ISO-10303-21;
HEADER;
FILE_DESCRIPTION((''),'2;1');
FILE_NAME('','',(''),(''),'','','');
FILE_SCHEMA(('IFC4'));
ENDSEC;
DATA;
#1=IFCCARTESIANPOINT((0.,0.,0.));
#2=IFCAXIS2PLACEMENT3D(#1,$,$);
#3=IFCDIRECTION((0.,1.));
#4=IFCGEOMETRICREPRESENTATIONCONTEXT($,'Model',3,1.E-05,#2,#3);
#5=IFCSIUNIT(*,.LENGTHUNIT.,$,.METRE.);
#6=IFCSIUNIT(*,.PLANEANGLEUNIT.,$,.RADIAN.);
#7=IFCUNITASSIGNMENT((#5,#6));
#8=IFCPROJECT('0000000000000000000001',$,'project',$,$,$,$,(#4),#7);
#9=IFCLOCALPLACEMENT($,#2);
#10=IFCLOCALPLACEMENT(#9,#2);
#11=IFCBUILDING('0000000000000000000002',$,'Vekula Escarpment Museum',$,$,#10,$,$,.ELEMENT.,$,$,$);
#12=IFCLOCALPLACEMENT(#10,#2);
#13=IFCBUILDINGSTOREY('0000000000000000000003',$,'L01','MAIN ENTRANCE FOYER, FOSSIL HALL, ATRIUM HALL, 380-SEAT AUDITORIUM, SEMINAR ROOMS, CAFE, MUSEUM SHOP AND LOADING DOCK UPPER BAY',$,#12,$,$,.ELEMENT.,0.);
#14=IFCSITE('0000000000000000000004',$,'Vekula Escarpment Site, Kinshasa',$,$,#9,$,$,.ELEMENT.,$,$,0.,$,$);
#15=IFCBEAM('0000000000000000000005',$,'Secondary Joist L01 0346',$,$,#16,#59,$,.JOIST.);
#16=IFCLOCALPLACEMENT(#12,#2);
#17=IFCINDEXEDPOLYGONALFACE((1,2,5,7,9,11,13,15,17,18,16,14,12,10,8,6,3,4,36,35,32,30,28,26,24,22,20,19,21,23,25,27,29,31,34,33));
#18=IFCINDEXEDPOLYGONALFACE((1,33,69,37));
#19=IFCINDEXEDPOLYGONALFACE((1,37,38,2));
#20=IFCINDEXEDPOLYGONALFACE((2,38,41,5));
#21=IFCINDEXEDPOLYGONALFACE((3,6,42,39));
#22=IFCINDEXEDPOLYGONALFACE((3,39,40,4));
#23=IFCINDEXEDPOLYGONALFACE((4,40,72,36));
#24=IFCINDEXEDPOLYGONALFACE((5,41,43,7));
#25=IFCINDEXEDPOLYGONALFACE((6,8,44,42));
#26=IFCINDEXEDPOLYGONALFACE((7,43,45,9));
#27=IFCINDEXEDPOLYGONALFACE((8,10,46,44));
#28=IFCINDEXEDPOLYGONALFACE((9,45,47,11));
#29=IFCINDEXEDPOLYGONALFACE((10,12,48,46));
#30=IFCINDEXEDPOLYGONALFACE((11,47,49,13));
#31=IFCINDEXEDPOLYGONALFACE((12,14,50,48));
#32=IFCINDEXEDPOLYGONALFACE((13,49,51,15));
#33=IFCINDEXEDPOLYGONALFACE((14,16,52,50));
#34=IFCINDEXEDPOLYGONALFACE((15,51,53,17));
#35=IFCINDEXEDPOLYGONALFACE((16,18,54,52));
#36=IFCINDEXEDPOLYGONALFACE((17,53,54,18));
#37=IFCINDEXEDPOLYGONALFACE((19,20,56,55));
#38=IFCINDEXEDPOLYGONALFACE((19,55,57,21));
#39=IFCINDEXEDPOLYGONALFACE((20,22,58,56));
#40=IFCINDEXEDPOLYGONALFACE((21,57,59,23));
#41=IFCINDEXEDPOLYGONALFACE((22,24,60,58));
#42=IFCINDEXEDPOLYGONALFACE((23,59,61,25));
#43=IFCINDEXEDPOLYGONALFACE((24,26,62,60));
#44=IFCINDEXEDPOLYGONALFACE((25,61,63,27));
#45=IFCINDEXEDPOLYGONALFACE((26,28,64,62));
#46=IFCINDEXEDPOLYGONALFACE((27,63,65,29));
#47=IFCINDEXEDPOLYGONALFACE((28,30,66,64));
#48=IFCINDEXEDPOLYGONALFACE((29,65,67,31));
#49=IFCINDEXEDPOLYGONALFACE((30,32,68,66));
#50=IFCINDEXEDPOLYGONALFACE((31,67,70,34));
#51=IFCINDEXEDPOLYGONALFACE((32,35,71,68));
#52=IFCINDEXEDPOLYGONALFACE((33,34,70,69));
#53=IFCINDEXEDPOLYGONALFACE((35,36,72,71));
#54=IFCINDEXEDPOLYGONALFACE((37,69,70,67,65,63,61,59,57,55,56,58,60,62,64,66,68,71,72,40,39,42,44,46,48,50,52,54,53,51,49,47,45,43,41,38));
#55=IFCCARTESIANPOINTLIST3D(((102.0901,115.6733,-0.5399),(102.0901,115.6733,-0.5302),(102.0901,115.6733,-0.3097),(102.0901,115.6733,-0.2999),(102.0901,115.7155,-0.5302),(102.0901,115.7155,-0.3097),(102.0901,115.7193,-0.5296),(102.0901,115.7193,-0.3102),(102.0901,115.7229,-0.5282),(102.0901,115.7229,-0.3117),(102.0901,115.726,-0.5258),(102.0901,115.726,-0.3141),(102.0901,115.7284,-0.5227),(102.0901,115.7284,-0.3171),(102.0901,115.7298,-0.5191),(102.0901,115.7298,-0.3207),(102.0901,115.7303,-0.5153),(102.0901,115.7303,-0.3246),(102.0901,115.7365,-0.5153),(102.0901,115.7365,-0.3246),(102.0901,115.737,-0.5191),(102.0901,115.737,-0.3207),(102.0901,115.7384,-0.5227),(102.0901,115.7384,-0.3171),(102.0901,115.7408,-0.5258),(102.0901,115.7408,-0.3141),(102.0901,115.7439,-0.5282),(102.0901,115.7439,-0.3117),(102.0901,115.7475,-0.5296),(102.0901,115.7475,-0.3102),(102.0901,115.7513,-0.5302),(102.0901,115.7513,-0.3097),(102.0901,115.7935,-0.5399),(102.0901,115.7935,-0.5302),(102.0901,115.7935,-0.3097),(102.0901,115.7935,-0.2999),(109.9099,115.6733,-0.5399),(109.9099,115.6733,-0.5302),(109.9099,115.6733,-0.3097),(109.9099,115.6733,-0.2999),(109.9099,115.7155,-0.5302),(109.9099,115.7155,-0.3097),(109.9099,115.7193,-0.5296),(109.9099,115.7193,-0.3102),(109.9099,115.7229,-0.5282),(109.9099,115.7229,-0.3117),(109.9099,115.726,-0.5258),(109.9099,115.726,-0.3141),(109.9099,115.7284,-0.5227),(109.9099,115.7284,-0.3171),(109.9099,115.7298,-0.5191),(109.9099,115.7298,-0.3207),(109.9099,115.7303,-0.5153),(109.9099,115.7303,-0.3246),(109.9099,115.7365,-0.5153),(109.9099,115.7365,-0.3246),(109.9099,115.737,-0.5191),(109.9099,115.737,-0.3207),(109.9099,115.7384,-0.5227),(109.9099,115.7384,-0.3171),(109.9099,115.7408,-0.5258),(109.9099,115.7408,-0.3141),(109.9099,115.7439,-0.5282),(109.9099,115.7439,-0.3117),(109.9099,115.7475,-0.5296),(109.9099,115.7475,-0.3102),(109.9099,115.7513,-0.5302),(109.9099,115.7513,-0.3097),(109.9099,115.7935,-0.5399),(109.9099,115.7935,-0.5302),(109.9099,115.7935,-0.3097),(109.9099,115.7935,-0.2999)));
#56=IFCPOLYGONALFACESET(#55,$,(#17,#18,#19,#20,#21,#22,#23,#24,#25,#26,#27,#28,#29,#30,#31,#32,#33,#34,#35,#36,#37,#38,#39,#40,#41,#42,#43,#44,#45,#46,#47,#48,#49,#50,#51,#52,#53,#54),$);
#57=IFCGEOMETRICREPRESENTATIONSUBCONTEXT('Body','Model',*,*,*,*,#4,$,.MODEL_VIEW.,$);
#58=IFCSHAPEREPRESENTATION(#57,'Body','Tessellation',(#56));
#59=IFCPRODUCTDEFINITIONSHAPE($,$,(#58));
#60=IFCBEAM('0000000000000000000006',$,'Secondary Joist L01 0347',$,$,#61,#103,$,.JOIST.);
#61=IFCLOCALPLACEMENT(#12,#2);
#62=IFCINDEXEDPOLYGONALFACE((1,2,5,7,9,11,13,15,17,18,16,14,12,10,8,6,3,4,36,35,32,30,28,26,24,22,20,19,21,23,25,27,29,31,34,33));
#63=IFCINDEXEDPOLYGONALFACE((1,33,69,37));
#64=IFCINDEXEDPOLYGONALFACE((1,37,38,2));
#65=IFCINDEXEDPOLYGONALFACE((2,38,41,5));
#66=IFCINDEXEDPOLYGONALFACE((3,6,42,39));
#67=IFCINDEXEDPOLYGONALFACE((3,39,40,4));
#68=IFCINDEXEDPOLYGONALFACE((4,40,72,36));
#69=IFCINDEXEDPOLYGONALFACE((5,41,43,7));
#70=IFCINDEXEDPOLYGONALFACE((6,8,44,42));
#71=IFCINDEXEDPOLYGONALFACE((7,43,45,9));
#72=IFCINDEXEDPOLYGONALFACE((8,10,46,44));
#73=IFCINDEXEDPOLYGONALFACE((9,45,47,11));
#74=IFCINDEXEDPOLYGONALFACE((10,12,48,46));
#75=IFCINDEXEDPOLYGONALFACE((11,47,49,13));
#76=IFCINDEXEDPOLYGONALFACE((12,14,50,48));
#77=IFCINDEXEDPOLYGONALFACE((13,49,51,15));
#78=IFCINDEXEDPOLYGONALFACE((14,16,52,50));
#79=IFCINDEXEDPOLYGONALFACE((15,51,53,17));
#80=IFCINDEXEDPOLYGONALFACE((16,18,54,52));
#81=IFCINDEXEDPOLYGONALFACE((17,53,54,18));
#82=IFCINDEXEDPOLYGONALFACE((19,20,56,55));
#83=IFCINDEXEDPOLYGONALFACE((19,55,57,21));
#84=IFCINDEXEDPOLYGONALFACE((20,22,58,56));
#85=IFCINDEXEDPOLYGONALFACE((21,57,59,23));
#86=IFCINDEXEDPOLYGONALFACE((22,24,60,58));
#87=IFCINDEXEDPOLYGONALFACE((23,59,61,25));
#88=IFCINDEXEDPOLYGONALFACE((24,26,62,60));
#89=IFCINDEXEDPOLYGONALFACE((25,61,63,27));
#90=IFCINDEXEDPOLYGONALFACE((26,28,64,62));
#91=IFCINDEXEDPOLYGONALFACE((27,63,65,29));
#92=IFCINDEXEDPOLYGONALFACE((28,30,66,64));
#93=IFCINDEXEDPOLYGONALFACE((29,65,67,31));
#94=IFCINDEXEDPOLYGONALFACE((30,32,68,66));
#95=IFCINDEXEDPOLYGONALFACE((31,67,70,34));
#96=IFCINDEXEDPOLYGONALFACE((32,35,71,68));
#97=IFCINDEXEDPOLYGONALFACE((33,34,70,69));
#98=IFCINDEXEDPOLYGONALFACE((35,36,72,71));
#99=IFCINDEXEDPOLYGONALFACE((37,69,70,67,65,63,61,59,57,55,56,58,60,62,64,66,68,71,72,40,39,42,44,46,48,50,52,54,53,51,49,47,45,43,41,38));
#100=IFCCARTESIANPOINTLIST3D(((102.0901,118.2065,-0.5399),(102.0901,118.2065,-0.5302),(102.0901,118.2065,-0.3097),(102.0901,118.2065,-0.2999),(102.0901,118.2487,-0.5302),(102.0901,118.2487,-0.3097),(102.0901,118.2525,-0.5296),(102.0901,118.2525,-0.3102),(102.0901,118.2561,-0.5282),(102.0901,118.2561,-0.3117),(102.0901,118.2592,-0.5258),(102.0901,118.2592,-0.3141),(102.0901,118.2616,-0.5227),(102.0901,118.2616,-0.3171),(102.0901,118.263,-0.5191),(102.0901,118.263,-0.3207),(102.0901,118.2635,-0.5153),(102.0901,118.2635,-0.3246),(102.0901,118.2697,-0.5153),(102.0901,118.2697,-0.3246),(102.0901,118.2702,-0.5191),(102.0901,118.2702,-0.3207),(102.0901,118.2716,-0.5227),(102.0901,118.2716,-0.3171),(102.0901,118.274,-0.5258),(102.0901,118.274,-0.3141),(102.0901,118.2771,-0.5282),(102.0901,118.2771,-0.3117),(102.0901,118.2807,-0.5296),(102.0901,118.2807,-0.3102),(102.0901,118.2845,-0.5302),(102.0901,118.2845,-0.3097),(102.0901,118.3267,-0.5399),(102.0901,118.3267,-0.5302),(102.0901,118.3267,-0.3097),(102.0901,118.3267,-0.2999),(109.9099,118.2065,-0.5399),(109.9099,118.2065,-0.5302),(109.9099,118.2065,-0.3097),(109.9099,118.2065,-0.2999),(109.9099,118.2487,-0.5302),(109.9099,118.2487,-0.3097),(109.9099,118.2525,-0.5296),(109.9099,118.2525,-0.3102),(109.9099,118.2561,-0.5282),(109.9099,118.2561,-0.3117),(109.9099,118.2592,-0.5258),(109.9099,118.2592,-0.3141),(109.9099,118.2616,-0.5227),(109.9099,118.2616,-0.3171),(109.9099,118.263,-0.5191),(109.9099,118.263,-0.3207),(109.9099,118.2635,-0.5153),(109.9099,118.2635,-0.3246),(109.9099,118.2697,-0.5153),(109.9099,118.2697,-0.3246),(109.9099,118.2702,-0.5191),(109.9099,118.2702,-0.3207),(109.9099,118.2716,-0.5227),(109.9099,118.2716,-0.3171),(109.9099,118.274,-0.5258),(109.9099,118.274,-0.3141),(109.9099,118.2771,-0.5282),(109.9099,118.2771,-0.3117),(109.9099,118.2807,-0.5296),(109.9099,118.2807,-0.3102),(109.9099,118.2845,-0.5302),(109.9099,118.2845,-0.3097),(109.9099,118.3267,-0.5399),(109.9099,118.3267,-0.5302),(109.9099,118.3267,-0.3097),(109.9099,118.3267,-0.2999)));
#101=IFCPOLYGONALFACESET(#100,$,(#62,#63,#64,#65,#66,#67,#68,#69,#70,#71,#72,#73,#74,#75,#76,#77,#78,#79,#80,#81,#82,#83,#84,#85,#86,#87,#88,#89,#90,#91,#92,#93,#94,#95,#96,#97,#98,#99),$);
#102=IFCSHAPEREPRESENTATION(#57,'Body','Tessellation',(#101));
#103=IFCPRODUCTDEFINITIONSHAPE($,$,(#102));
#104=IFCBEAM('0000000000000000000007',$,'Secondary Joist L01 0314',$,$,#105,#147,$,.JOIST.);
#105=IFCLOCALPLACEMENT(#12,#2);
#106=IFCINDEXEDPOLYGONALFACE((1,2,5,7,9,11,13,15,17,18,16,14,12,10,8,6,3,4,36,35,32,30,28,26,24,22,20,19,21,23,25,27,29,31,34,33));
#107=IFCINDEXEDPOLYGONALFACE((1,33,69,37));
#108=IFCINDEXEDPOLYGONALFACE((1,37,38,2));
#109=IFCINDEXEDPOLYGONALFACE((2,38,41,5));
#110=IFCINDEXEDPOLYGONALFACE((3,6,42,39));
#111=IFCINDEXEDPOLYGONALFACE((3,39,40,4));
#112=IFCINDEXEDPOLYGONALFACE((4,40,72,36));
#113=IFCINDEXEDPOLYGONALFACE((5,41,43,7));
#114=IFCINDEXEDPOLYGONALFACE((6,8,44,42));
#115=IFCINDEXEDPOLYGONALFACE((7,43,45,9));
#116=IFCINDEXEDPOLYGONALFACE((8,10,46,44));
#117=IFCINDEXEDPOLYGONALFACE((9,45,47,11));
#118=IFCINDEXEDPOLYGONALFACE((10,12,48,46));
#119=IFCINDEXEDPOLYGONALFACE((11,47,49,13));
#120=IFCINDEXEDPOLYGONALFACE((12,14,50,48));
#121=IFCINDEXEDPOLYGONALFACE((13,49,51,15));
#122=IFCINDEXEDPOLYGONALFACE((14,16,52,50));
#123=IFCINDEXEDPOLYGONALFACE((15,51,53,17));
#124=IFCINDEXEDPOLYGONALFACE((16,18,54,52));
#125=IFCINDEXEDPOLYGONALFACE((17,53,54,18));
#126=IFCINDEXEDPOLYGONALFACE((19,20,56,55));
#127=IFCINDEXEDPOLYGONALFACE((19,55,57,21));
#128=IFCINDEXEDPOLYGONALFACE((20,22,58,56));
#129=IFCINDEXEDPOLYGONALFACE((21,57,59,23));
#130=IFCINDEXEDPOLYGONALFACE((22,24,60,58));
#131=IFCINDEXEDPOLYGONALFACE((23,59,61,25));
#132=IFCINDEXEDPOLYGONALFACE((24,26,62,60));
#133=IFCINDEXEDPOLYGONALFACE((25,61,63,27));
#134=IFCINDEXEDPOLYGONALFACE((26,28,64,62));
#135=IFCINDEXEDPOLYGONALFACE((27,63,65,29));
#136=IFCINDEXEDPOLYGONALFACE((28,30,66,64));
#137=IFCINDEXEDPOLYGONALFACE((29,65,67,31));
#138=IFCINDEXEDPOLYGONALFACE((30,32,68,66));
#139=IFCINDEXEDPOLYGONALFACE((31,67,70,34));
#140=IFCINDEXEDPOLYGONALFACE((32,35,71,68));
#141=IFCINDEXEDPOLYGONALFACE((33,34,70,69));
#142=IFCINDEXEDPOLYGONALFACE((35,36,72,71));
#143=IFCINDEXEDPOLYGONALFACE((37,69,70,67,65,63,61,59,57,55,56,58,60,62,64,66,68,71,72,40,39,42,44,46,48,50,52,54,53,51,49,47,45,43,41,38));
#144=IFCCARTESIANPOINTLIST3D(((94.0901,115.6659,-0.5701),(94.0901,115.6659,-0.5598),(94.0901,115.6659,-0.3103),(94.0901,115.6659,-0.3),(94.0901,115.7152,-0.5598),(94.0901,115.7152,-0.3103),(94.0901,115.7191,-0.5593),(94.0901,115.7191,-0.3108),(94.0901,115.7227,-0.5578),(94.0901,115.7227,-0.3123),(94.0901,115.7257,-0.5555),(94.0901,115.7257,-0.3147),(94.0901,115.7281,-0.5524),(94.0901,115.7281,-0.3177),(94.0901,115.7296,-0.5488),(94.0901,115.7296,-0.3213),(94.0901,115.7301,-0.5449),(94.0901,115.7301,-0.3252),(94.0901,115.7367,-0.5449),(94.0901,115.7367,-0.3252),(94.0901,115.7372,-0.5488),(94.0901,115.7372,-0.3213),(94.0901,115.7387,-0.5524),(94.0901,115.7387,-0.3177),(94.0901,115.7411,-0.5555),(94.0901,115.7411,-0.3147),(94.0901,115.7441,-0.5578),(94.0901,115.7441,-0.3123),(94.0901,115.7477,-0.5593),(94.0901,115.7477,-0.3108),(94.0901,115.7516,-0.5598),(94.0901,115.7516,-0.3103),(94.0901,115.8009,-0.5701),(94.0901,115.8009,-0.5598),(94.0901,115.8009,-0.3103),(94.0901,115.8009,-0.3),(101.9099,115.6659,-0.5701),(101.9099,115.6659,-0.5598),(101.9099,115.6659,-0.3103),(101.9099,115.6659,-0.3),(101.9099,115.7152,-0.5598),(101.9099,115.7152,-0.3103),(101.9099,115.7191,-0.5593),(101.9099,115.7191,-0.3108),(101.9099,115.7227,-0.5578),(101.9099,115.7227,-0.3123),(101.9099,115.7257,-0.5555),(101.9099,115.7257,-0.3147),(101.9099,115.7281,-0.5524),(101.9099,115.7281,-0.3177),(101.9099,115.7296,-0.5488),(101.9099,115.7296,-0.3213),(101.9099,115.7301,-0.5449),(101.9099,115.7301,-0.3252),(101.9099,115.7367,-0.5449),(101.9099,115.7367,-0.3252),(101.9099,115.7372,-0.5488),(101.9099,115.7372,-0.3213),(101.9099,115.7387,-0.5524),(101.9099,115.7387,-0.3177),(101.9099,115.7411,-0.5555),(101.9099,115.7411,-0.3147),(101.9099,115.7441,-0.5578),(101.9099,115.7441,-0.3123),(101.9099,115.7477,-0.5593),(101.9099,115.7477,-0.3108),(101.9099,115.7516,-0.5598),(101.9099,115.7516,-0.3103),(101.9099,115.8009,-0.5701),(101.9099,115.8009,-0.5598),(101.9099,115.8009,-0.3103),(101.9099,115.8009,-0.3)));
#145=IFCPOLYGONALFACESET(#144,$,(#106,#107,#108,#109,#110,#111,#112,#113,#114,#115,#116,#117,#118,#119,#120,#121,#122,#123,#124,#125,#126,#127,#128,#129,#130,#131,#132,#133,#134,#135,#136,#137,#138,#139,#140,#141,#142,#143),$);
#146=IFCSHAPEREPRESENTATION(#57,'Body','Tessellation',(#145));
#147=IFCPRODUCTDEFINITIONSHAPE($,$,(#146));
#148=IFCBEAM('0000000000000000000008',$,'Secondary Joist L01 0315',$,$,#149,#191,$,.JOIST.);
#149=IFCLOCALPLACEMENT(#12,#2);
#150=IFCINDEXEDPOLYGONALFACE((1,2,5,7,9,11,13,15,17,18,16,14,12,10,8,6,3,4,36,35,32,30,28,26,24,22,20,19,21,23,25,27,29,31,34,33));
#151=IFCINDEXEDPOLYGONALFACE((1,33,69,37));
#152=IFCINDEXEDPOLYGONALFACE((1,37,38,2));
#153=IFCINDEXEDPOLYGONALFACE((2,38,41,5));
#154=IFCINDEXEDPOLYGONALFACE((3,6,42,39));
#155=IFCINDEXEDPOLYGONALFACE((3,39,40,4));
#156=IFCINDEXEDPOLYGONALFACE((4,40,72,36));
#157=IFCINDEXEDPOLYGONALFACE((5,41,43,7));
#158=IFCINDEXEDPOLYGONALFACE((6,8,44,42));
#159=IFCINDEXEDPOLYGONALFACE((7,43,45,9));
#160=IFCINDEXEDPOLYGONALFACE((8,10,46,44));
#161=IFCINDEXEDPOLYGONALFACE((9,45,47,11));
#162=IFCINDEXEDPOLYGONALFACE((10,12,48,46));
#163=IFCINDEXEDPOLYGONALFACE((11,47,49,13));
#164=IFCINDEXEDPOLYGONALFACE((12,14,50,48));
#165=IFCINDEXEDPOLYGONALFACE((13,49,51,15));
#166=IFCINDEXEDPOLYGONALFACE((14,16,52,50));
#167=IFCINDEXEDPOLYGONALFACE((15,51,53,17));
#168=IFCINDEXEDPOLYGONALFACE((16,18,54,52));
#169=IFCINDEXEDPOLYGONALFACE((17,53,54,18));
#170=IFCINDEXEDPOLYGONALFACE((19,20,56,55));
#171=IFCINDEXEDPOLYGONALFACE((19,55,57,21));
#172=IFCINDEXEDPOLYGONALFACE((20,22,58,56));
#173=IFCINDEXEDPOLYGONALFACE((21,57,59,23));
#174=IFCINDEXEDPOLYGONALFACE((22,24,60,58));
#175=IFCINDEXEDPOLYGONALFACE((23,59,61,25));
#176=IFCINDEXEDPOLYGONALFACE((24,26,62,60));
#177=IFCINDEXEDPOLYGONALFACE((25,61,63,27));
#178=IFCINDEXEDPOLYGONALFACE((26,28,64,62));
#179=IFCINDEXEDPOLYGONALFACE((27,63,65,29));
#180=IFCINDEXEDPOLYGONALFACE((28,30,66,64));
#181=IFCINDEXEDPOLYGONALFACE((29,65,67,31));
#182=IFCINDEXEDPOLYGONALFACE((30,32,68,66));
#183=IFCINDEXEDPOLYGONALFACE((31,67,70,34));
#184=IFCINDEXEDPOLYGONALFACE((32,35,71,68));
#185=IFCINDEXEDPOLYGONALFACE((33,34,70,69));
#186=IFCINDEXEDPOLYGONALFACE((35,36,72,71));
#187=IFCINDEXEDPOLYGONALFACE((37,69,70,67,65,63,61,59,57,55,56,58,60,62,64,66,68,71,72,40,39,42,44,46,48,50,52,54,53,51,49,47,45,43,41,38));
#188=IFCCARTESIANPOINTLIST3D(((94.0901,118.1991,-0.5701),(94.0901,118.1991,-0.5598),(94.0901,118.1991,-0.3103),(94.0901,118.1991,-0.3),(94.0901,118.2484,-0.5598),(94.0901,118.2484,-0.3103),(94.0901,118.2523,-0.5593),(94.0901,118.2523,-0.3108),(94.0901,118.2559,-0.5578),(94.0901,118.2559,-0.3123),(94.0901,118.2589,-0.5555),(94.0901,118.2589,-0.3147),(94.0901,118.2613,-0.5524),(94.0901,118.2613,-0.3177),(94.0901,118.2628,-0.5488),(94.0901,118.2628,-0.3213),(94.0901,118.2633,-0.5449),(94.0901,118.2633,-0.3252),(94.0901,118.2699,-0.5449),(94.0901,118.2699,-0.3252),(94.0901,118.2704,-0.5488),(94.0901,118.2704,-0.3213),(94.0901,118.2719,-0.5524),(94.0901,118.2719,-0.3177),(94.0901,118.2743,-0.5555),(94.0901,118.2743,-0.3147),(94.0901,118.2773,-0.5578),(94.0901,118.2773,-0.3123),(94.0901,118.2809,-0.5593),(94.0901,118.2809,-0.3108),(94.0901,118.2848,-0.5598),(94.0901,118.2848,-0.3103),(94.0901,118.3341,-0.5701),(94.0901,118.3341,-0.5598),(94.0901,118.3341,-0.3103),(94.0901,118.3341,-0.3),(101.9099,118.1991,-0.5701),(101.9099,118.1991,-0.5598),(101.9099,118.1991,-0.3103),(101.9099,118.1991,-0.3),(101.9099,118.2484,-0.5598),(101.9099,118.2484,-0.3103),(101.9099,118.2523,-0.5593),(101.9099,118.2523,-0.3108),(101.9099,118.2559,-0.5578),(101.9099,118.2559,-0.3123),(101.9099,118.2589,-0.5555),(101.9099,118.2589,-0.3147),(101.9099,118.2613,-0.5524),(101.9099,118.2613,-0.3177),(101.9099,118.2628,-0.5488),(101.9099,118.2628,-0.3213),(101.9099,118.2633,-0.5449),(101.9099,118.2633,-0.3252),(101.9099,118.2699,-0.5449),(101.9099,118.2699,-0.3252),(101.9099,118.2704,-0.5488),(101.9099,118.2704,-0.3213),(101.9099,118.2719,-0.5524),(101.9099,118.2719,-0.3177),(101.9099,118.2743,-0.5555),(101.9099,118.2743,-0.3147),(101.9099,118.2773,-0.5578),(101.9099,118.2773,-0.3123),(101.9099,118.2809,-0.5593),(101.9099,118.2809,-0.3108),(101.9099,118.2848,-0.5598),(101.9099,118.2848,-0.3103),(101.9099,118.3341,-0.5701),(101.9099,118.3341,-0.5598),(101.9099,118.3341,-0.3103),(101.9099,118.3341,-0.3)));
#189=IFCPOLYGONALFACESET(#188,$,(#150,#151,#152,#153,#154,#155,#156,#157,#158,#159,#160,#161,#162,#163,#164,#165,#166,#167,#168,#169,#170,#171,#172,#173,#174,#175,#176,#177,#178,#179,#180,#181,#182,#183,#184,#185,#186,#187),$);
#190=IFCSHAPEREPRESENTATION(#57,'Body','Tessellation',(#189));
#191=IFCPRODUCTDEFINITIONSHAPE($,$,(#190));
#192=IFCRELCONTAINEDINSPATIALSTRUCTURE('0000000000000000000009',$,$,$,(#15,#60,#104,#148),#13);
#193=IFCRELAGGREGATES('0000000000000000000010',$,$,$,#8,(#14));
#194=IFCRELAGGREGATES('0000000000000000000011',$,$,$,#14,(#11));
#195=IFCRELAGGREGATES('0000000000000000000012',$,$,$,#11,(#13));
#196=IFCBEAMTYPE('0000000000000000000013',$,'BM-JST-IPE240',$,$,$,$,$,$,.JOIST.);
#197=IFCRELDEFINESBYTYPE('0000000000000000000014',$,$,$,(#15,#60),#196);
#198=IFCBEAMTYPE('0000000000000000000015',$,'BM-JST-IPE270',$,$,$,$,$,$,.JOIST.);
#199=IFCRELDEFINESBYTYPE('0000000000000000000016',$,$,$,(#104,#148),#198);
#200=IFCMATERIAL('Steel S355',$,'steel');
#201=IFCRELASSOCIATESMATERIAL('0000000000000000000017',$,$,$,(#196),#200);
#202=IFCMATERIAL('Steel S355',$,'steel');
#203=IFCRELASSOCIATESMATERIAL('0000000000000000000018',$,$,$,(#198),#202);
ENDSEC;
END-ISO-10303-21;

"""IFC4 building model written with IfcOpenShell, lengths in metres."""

from ifc_helpers import new_model, si_unit, direction, frame, origin, origin_2d, place, context, subcontext, project, spatial, i_section, extrude, material, material_profile, profile_set, type_object, element, save


model = new_model("IFC4")

# Units and contexts
model_context = context("Model", 3, precision=1e-05, world=origin(), true_north=direction((0.0, 1.0)))
body_context = subcontext(model_context, "Body", "Model", "MODEL_VIEW")
ifc_project = project(units=[si_unit("LENGTHUNIT", "METRE"), si_unit("PLANEANGLEUNIT", "RADIAN")], contexts=[model_context])

# Site, building, storey
site_placement = place(None, origin())
site = spatial("IfcSite", under=ifc_project, at=site_placement, Name="Vekula Escarpment Site, Kinshasa", CompositionType="ELEMENT", RefElevation=0.0)
building_placement = place(site_placement, origin())
building = spatial("IfcBuilding", under=site, at=building_placement, Name="Vekula Escarpment Museum", CompositionType="ELEMENT")
storey_placement = place(building_placement, origin())
storey = spatial("IfcBuildingStorey", under=building, at=storey_placement, Name="L01", Description="MAIN ENTRANCE FOYER, FOSSIL HALL, ATRIUM HALL, 380-SEAT AUDITORIUM, SEMINAR ROOMS, CAFE, MUSEUM SHOP AND LOADING DOCK UPPER BAY", CompositionType="ELEMENT", Elevation=0.0)

# Beams
ifc_material_1 = material(Name="Steel S355", Category="steel")
ifc_material_profile_1 = material_profile(ifc_material_1, i_section(OverallWidth=0.1201, OverallDepth=0.24, WebThickness=0.0061, FlangeThickness=0.0098, FilletRadius=0.0149, at=origin_2d()), Name="IPE 240")
ifc_profile_set_1 = profile_set([ifc_material_profile_1], Name="Steel S355")
beam_type_1 = type_object("IfcBeamType", Name="BM-JST-IPE240", PredefinedType="JOIST", material=ifc_profile_set_1)
for number, where, z_axis, x_axis, name in (
    (1, (102.0901, 115.7334, -0.4199), (1.0, 0.0, 0.0), (0.0, 1.0, 0.0), "Secondary Joist L01 0346"),
    (2, (102.0901, 118.2666, -0.4199), (1.0, 0.0, 0.0), (0.0, 1.0, 0.0), "Secondary Joist L01 0347"),
):
    element("IfcBeam", number, at=place(storey_placement, frame(where, z_axis=z_axis, x_axis=x_axis)), inside=storey, type_object=beam_type_1, Name=name, PredefinedType="JOIST", context=body_context, shape_type="SweptSolid", body=[
        extrude(i_section(OverallWidth=0.1201, OverallDepth=0.24, WebThickness=0.0061, FlangeThickness=0.0098, FilletRadius=0.0149, at=origin_2d()), origin(), (0.0, 0.0, 1.0), 7.8198),
    ])
ifc_material_2 = material(Name="Steel S355", Category="steel")
ifc_material_profile_2 = material_profile(ifc_material_2, i_section(OverallWidth=0.135, OverallDepth=0.27, WebThickness=0.0066, FlangeThickness=0.0103, FilletRadius=0.0149, at=origin_2d()), Name="IPE 270")
ifc_profile_set_2 = profile_set([ifc_material_profile_2], Name="Steel S355")
beam_type_2 = type_object("IfcBeamType", Name="BM-JST-IPE270", PredefinedType="JOIST", material=ifc_profile_set_2)
for number, where, z_axis, x_axis, name in (
    (3, (94.0901, 115.7334, -0.4351), (1.0, 0.0, 0.0), (0.0, 1.0, 0.0), "Secondary Joist L01 0314"),
    (4, (94.0901, 118.2666, -0.4351), (1.0, 0.0, 0.0), (0.0, 1.0, 0.0), "Secondary Joist L01 0315"),
):
    element("IfcBeam", number, at=place(storey_placement, frame(where, z_axis=z_axis, x_axis=x_axis)), inside=storey, type_object=beam_type_2, Name=name, PredefinedType="JOIST", context=body_context, shape_type="SweptSolid", body=[
        extrude(i_section(OverallWidth=0.135, OverallDepth=0.27, WebThickness=0.0066, FlangeThickness=0.0103, FilletRadius=0.0149, at=origin_2d()), origin(), (0.0, 0.0, 1.0), 7.8198),
    ])

save(model, "model.ifc")
